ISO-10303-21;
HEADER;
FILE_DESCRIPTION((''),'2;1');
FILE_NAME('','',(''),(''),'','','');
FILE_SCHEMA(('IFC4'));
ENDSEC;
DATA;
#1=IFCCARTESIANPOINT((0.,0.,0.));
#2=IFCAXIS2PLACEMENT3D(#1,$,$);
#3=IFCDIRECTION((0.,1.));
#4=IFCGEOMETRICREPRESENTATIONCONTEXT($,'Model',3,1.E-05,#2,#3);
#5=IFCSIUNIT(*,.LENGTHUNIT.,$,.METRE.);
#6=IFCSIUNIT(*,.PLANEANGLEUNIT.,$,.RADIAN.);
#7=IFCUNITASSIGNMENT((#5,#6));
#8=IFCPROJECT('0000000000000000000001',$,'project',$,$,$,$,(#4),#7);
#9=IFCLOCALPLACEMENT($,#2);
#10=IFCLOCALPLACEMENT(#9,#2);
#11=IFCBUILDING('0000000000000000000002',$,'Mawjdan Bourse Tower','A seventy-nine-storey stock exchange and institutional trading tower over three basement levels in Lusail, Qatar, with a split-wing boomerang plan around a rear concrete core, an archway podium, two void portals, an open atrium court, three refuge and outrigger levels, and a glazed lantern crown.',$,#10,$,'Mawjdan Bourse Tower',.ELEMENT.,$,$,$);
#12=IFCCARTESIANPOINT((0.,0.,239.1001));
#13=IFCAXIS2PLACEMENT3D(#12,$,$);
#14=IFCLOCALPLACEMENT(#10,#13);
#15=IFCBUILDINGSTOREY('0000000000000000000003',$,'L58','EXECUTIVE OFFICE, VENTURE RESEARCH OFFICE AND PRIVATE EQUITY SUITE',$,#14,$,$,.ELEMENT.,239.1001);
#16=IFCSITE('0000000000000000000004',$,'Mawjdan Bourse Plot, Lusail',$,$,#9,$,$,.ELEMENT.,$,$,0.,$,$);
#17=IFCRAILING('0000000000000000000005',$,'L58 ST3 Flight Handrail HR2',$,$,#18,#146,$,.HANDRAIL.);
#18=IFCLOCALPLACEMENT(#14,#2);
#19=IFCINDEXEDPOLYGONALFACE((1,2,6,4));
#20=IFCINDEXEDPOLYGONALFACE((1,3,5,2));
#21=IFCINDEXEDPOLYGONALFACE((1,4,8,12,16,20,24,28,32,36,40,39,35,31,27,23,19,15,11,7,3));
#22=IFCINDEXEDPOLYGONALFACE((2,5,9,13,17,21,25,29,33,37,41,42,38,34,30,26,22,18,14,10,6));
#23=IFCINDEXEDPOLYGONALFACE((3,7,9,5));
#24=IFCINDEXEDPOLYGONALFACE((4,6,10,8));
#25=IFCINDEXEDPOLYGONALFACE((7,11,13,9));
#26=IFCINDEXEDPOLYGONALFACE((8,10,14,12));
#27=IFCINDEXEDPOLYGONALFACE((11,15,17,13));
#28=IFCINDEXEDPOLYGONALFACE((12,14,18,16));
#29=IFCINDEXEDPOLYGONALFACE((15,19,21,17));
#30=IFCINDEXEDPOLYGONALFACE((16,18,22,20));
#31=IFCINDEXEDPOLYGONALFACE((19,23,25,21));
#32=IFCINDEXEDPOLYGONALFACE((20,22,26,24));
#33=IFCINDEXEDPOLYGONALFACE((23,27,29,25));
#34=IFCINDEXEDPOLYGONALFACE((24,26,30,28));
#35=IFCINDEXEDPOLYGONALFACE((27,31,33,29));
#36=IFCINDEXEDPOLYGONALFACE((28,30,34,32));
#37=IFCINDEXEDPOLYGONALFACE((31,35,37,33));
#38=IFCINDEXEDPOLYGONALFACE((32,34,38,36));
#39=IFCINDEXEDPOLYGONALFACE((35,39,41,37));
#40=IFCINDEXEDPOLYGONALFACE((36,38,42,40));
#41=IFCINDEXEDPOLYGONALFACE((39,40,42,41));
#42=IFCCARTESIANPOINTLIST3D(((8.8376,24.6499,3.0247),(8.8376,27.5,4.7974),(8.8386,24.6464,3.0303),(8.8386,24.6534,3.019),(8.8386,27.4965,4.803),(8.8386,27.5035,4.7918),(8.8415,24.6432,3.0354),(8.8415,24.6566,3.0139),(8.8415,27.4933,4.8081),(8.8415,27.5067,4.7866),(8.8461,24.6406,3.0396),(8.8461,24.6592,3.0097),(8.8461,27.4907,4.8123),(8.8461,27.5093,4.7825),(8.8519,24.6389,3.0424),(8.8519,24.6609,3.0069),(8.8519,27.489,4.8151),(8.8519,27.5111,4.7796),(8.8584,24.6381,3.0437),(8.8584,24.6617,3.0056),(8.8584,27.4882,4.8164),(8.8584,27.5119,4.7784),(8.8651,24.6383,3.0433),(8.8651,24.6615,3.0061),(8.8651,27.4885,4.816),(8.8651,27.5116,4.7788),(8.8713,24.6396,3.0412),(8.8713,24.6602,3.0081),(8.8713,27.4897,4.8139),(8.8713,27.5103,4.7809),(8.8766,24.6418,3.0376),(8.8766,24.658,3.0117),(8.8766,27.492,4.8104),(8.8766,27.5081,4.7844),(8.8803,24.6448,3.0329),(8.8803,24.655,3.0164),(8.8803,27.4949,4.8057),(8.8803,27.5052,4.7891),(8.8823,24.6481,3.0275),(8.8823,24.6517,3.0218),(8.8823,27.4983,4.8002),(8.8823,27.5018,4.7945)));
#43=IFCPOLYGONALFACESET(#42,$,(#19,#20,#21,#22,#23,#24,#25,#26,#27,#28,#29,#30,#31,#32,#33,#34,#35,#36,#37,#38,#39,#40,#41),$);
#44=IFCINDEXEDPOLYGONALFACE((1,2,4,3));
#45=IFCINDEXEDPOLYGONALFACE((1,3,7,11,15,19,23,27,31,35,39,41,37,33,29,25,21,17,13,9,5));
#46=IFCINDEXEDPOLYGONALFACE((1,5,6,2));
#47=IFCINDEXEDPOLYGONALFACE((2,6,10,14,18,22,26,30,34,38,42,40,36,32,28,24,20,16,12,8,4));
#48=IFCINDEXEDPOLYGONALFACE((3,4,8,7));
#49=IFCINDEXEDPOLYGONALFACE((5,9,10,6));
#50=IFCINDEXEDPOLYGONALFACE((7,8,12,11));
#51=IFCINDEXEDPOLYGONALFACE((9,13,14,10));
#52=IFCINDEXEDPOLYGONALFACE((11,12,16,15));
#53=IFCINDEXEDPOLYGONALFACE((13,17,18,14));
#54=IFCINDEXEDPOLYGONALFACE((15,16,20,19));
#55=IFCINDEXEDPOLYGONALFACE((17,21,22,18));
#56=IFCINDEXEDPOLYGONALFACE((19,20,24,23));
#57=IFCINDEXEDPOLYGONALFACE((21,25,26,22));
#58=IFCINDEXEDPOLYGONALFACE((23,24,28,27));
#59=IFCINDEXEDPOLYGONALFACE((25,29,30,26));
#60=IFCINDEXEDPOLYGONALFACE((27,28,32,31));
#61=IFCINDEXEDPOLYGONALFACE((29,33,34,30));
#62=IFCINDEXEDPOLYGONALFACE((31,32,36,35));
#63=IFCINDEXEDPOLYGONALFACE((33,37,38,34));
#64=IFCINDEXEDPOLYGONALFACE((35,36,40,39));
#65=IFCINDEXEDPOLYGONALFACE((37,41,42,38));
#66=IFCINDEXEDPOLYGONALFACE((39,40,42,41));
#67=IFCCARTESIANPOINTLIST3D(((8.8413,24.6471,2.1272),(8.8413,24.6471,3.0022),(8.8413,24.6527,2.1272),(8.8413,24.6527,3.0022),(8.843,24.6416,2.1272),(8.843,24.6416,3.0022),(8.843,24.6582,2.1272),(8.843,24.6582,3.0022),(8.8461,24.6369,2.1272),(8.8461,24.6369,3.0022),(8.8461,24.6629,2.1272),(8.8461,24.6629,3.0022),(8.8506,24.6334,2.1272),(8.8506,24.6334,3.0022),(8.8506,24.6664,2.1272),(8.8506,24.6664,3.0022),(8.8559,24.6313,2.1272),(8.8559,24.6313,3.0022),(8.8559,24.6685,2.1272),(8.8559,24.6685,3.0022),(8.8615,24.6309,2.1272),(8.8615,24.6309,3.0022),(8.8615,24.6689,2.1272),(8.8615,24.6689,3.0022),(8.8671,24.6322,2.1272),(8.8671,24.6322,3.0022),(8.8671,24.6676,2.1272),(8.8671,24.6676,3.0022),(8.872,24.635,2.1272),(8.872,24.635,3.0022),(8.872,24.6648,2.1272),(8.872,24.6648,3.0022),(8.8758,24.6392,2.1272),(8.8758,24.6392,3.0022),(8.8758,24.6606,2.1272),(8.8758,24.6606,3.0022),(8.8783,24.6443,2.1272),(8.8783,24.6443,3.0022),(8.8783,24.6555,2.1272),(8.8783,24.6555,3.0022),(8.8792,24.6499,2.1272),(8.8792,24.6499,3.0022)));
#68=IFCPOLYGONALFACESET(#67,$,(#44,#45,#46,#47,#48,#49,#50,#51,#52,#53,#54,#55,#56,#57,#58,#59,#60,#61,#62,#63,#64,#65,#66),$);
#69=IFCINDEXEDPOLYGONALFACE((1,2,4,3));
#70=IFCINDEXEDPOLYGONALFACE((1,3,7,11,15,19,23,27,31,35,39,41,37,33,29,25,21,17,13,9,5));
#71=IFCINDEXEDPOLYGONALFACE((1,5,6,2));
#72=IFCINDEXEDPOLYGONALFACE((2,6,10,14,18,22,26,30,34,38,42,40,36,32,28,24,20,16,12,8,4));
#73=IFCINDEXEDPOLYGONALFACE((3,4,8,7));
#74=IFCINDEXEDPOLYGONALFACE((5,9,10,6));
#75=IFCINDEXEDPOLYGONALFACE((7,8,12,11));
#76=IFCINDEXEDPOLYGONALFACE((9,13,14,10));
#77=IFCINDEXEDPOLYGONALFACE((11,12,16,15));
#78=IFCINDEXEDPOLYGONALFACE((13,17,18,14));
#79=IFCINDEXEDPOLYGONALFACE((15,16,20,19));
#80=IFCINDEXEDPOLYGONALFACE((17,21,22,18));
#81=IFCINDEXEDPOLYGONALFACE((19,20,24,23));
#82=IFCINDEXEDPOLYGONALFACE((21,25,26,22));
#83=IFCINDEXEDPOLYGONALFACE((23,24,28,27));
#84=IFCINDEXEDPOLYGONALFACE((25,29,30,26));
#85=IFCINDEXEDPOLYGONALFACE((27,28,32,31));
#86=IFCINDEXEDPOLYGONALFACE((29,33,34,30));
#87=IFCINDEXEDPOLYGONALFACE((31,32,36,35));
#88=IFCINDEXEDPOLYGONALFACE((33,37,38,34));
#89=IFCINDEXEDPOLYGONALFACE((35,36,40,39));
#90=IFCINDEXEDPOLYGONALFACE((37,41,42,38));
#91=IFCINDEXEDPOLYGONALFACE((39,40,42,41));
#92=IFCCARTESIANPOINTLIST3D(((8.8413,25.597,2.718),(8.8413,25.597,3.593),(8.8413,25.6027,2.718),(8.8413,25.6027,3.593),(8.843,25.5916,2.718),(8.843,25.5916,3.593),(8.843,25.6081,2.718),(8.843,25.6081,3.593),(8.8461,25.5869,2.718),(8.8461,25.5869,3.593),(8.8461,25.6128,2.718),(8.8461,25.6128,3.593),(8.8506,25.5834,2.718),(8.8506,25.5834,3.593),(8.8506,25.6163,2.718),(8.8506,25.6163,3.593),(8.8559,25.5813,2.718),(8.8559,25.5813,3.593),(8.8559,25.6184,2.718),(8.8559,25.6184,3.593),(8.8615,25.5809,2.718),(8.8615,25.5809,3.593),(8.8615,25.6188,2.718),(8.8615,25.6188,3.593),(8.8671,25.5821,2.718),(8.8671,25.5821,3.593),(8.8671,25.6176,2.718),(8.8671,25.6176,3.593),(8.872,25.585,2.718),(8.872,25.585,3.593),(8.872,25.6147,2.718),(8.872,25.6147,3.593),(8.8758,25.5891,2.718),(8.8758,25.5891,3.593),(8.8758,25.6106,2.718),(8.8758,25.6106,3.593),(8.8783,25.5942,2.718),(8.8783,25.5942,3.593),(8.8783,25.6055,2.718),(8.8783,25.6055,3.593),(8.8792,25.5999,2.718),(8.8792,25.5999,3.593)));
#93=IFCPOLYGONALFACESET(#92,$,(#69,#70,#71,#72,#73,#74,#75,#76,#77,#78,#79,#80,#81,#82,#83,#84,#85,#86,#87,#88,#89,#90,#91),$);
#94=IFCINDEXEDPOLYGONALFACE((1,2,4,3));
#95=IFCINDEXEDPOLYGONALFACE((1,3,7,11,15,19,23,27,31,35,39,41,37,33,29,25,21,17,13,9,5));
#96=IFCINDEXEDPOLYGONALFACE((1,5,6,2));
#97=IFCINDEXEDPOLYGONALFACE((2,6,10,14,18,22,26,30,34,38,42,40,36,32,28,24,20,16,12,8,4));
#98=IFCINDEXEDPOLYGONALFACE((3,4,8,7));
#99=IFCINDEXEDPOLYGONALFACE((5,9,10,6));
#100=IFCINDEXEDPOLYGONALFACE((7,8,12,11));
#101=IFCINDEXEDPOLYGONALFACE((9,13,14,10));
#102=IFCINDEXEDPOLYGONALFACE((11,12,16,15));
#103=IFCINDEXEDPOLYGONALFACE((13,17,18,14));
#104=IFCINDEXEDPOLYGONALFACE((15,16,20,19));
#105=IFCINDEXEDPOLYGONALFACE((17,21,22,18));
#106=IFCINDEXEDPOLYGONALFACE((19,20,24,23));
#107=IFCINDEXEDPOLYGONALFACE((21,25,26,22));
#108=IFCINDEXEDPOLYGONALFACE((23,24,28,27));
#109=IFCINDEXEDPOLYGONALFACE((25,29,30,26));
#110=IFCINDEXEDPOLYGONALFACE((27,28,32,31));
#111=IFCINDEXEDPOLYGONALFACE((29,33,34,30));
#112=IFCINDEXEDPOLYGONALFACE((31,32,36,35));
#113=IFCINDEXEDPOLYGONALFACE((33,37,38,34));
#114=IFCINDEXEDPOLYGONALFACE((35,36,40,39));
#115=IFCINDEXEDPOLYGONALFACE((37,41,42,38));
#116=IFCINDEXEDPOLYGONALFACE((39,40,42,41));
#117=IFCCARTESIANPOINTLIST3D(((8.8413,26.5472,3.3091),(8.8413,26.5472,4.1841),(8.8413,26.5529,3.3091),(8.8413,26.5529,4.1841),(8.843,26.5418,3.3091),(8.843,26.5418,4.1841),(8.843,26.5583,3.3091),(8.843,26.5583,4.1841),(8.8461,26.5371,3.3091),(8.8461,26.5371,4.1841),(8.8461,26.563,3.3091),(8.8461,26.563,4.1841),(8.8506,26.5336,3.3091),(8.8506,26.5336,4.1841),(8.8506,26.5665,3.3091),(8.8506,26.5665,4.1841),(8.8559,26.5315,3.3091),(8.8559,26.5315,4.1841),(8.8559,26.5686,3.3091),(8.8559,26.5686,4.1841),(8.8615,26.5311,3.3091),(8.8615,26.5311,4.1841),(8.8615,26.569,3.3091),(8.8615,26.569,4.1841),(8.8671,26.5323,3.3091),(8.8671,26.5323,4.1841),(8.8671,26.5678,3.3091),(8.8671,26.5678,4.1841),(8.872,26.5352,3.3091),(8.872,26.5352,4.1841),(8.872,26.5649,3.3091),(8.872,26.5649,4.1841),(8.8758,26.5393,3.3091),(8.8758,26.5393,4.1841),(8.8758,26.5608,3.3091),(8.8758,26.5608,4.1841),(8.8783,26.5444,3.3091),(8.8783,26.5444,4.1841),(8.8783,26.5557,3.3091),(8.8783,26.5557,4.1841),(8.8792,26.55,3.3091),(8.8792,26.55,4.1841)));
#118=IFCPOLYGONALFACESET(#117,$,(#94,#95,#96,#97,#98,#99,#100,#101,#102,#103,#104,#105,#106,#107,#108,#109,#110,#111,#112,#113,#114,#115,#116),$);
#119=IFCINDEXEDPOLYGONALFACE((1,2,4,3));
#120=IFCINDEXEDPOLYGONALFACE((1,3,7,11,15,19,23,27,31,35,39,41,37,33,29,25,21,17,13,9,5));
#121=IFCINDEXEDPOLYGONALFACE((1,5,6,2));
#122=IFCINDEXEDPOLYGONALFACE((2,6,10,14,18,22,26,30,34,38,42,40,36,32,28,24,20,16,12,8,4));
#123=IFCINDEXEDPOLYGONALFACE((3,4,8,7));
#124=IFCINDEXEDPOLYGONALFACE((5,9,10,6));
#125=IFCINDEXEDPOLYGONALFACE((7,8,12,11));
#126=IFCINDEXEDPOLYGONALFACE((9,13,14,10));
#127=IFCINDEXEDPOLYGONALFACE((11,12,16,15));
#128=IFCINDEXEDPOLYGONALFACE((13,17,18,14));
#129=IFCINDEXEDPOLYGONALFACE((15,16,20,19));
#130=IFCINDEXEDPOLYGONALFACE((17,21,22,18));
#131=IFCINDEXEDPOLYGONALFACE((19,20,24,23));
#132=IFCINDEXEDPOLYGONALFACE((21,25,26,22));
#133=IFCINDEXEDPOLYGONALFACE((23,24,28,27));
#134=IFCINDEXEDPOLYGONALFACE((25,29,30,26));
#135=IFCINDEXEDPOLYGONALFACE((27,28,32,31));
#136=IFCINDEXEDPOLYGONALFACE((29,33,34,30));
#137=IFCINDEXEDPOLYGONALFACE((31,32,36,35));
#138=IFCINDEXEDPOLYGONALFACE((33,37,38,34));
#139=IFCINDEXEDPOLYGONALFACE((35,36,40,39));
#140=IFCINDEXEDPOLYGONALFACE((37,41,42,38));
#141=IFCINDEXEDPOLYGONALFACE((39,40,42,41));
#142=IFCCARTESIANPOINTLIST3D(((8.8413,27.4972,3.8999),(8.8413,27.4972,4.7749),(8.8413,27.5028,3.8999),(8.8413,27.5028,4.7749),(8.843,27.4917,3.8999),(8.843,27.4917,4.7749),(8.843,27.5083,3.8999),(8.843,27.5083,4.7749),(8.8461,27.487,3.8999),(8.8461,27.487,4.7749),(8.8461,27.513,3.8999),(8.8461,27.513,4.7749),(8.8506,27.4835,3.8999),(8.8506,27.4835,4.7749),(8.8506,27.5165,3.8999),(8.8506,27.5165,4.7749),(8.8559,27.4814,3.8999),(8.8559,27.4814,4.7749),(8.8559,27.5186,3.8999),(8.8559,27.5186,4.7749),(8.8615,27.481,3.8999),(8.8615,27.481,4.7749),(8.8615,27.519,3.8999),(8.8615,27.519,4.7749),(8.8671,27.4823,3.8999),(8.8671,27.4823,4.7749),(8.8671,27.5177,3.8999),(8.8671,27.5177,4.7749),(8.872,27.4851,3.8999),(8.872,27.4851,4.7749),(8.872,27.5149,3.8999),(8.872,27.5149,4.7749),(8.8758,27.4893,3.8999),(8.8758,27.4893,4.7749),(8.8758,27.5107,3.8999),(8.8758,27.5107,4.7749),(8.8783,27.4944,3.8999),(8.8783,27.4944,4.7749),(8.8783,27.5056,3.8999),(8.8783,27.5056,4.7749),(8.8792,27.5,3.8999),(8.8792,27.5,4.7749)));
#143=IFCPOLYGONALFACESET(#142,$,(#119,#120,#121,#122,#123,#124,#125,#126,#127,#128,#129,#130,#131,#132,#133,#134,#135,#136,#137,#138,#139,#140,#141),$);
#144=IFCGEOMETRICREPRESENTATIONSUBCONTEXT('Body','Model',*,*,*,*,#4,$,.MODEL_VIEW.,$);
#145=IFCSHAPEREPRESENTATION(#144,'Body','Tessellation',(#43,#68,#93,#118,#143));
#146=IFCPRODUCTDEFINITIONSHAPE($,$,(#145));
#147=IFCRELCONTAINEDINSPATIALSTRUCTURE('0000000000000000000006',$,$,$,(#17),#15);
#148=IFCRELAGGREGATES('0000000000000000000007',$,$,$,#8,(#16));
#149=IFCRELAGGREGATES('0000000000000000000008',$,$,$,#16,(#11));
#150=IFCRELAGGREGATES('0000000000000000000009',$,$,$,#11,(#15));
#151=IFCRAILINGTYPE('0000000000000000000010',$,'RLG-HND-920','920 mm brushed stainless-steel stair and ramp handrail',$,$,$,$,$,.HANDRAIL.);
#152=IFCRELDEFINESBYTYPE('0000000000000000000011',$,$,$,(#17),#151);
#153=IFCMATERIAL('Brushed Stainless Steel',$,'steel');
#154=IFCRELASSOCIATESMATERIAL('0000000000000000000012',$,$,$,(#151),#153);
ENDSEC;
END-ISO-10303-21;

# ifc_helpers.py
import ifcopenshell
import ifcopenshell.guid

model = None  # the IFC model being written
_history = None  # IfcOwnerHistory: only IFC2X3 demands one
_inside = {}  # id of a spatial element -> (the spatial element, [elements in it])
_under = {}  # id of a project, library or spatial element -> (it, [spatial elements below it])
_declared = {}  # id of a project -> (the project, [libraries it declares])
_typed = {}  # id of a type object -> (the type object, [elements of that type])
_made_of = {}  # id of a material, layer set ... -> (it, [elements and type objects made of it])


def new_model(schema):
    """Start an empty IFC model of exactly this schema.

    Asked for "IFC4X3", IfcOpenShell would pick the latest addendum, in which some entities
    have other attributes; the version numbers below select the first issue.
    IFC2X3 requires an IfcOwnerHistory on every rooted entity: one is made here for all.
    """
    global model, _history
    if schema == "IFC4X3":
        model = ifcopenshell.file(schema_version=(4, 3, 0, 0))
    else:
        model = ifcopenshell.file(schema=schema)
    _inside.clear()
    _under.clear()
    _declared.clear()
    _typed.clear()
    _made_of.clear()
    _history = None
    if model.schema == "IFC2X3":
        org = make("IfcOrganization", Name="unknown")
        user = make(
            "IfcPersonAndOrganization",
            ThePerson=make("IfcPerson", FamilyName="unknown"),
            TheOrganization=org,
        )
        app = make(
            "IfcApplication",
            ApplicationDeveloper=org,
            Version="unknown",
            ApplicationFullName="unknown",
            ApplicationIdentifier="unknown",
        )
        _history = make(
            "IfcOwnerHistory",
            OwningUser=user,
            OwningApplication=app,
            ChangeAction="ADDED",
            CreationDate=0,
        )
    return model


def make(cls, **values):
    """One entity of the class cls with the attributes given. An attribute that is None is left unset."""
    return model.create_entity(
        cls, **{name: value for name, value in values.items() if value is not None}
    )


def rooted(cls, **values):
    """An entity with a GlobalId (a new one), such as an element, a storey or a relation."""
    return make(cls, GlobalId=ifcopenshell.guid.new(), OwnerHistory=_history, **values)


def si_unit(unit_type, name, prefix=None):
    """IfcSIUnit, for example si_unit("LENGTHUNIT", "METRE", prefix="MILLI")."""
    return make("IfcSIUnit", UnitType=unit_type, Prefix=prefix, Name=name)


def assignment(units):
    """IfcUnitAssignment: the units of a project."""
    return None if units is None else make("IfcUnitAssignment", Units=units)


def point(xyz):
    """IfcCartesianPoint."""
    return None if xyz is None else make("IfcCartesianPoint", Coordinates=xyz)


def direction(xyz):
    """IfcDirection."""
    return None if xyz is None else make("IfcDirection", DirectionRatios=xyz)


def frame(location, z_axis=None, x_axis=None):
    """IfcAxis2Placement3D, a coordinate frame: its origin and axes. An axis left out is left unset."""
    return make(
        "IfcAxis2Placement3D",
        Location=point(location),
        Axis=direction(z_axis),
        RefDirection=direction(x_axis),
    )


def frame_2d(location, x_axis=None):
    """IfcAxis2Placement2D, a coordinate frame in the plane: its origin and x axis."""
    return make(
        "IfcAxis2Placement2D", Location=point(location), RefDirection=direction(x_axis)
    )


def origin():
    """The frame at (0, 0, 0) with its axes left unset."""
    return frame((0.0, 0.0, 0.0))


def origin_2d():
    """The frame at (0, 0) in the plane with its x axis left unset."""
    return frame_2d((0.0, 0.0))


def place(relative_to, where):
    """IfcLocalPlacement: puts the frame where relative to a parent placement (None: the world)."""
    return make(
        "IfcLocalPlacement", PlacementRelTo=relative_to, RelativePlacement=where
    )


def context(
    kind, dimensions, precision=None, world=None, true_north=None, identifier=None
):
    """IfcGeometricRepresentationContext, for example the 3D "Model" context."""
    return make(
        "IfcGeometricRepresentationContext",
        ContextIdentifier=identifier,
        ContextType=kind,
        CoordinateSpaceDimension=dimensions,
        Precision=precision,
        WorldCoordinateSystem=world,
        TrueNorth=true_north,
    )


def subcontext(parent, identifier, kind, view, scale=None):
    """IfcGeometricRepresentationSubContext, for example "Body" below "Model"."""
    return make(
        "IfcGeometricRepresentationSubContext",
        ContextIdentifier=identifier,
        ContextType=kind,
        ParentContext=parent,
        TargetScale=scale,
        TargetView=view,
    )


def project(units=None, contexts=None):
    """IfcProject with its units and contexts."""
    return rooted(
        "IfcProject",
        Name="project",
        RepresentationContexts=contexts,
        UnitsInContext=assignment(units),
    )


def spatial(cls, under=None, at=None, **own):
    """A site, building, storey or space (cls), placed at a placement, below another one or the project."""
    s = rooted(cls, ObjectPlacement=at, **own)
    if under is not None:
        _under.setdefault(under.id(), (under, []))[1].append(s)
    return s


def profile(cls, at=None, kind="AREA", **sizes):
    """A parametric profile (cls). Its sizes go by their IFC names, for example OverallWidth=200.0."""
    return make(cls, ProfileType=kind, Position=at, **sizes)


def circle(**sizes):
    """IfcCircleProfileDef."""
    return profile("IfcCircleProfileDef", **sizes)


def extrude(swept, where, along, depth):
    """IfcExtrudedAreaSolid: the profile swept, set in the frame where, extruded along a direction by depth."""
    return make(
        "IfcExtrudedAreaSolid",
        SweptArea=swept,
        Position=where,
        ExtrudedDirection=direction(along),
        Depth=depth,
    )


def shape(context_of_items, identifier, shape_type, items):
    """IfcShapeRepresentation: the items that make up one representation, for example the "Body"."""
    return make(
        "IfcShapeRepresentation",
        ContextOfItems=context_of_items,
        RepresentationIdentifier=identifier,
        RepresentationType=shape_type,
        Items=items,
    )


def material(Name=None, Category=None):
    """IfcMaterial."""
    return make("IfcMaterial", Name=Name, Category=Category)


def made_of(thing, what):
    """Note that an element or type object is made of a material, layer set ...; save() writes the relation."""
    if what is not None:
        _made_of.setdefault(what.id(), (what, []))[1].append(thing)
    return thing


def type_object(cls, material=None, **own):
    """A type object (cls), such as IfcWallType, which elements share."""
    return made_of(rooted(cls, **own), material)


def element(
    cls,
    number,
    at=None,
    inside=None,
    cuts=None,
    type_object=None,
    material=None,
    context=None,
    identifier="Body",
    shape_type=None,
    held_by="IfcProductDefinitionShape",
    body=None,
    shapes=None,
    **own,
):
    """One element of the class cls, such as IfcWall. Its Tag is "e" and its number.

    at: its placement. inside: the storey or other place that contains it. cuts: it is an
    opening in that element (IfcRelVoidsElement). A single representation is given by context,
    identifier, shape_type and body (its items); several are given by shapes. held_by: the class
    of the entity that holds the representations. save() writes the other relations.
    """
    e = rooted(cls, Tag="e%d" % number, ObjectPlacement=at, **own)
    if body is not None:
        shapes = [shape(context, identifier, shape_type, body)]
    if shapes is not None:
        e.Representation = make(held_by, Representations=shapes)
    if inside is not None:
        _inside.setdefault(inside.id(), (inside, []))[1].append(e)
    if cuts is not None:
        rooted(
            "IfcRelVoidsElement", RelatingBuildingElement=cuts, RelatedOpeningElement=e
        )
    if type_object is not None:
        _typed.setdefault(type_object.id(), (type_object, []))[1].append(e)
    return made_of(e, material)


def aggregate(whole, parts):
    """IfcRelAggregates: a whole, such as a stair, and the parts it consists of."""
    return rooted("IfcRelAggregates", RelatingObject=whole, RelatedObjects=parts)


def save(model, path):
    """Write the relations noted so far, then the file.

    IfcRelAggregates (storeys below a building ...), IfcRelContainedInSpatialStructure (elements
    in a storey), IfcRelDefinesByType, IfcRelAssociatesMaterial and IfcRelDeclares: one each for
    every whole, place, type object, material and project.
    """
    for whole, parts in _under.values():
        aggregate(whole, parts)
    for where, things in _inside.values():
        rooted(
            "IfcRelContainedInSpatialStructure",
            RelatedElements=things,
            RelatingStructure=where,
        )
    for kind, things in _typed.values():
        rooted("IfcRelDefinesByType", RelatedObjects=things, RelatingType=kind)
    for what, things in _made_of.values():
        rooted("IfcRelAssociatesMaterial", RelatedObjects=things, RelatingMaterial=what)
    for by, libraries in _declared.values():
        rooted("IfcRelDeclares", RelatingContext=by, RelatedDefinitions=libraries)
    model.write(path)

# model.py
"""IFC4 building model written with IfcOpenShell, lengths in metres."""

from ifc_helpers import new_model, si_unit, direction, frame, origin, origin_2d, place, context, subcontext, project, spatial, circle, extrude, material, type_object, element, save


model = new_model("IFC4")

# Units and contexts
model_context = context("Model", 3, precision=1e-05, world=origin(), true_north=direction((0.0, 1.0)))
body_context = subcontext(model_context, "Body", "Model", "MODEL_VIEW")
ifc_project = project(units=[si_unit("LENGTHUNIT", "METRE"), si_unit("PLANEANGLEUNIT", "RADIAN")], contexts=[model_context])

# Site, building, storey
site_placement = place(None, origin())
site = spatial("IfcSite", under=ifc_project, at=site_placement, Name="Mawjdan Bourse Plot, Lusail", CompositionType="ELEMENT", RefElevation=0.0)
building_placement = place(site_placement, origin())
building = spatial("IfcBuilding", under=site, at=building_placement, Name="Mawjdan Bourse Tower", Description="A seventy-nine-storey stock exchange and institutional trading tower over three basement levels in Lusail, Qatar, with a split-wing boomerang plan around a rear concrete core, an archway podium, two void portals, an open atrium court, three refuge and outrigger levels, and a glazed lantern crown.", LongName="Mawjdan Bourse Tower", CompositionType="ELEMENT")
storey_placement = place(building_placement, frame((0.0, 0.0, 239.1001)))
storey = spatial("IfcBuildingStorey", under=building, at=storey_placement, Name="L58", Description="EXECUTIVE OFFICE, VENTURE RESEARCH OFFICE AND PRIVATE EQUITY SUITE", CompositionType="ELEMENT", Elevation=239.1001)

# Railing
ifc_material_1 = material(Name="Brushed Stainless Steel", Category="steel")
railing_type_1 = type_object("IfcRailingType", Name="RLG-HND-920", Description="920 mm brushed stainless-steel stair and ramp handrail", PredefinedType="HANDRAIL", material=ifc_material_1)
railing_1_placement = place(storey_placement, frame((8.8601, 24.6499, 2.1272)))
element("IfcRailing", 1, at=railing_1_placement, inside=storey, type_object=railing_type_1, Name="L58 ST3 Flight Handrail HR2", PredefinedType="HANDRAIL", context=body_context, shape_type="SweptSolid", body=[
    extrude(circle(Radius=0.0225, at=origin_2d()), frame((0.0, 0.0, 0.8975), z_axis=(0.0, 0.849149, 0.528154), x_axis=(-1.0, 0.0, 0.0)), (0.0, 0.0, 1.0), 3.3564),
    extrude(circle(Radius=0.019, at=origin_2d()), origin(), (0.0, 0.0, 1.0), 0.875),
    extrude(circle(Radius=0.019, at=origin_2d()), frame((0.0, 0.95, 0.5908)), (0.0, 0.0, 1.0), 0.875),
    extrude(circle(Radius=0.019, at=origin_2d()), frame((0.0, 1.9001, 1.1819)), (0.0, 0.0, 1.0), 0.875),
    extrude(circle(Radius=0.019, at=origin_2d()), frame((0.0, 2.8501, 1.7727)), (0.0, 0.0, 1.0), 0.875),
])

save(model, "model.ifc")
